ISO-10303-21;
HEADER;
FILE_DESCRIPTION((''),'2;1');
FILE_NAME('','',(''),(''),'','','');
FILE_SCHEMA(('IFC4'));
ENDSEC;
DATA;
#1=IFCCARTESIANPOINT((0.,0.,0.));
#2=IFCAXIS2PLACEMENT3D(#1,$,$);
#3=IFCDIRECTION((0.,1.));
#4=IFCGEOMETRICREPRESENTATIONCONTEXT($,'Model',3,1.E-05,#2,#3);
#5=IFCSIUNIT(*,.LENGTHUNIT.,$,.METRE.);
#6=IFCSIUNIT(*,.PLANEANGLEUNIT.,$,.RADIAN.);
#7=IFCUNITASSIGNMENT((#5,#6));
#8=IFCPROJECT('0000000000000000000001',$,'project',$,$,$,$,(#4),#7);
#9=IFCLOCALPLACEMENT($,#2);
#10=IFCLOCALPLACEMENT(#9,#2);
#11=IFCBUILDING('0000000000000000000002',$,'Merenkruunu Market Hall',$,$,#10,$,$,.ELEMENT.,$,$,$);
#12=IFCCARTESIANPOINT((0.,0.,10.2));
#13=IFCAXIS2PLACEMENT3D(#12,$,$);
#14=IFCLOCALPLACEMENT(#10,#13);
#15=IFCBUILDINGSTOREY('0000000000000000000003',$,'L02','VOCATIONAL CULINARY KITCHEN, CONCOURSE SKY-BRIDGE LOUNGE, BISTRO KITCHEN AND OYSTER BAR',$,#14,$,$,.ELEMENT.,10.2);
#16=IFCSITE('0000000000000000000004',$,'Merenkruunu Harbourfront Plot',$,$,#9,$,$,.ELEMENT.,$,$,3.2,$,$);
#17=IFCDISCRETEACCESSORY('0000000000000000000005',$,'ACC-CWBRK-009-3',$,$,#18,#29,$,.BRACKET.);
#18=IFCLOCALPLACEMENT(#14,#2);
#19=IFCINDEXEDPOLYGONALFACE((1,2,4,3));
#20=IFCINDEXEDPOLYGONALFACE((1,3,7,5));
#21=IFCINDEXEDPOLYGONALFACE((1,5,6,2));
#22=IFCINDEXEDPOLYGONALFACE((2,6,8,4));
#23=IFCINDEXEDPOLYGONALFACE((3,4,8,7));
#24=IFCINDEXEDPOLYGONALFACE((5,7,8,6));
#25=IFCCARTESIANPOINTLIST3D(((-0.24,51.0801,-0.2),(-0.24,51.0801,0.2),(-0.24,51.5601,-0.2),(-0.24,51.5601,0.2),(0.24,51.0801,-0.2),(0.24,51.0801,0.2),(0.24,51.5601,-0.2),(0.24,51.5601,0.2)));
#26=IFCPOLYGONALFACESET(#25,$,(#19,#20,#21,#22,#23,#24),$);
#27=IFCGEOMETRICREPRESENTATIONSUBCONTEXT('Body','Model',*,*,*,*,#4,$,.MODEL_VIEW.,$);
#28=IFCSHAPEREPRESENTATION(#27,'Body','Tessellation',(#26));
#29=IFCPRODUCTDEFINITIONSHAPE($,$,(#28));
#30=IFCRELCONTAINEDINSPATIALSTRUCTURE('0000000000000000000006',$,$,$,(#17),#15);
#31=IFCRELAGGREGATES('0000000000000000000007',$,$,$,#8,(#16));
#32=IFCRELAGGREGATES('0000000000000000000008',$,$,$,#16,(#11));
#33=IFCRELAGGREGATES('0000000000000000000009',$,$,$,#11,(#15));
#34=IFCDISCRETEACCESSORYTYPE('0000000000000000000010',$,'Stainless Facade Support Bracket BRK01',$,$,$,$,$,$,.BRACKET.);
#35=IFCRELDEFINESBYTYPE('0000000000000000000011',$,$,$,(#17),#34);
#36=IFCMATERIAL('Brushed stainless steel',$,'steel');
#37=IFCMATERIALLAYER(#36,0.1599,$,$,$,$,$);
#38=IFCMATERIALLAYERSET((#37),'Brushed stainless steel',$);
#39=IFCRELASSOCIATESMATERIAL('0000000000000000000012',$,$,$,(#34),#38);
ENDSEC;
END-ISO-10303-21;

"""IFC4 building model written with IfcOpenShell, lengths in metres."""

from ifc_helpers import new_model, si_unit, direction, frame, origin, origin_2d, place, context, subcontext, project, spatial, rectangle, extrude, material, layer, layer_set, type_object, element, save


model = new_model("IFC4")

# Units and contexts
model_context = context("Model", 3, precision=1e-05, world=origin(), true_north=direction((0.0, 1.0)))
body_context = subcontext(model_context, "Body", "Model", "MODEL_VIEW")
ifc_project = project(units=[si_unit("LENGTHUNIT", "METRE"), si_unit("PLANEANGLEUNIT", "RADIAN")], contexts=[model_context])

# Site, building, storey
site_placement = place(None, origin())
site = spatial("IfcSite", under=ifc_project, at=site_placement, Name="Merenkruunu Harbourfront Plot", CompositionType="ELEMENT", RefElevation=3.2)
building_placement = place(site_placement, origin())
building = spatial("IfcBuilding", under=site, at=building_placement, Name="Merenkruunu Market Hall", CompositionType="ELEMENT")
storey_placement = place(building_placement, frame((0.0, 0.0, 10.2)))
storey = spatial("IfcBuildingStorey", under=building, at=storey_placement, Name="L02", Description="VOCATIONAL CULINARY KITCHEN, CONCOURSE SKY-BRIDGE LOUNGE, BISTRO KITCHEN AND OYSTER BAR", CompositionType="ELEMENT", Elevation=10.2)

# Discrete accessory
ifc_material_1 = material(Name="Brushed stainless steel", Category="steel")
ifc_layer_1 = layer(ifc_material_1, 0.1599)
ifc_layer_set_1 = layer_set([ifc_layer_1], Name="Brushed stainless steel")
discrete_accessory_type = type_object("IfcDiscreteAccessoryType", Name="Stainless Facade Support Bracket BRK01", PredefinedType="BRACKET", material=ifc_layer_set_1)
for number, where, z_axis, x_axis, name in (
    (1, (0.0, 51.3201, -0.2), (0.0, 0.0, 1.0), (1.0, 0.0, 0.0), "ACC-CWBRK-009-3"),
):
    element("IfcDiscreteAccessory", number, at=place(storey_placement, frame(where, z_axis=z_axis, x_axis=x_axis)), inside=storey, type_object=discrete_accessory_type, Name=name, PredefinedType="BRACKET", context=body_context, shape_type="SweptSolid", body=[
        extrude(rectangle(XDim=0.48, YDim=0.48, at=origin_2d()), origin(), (0.0, 0.0, 1.0), 0.3999),
    ])

save(model, "model.ifc")
